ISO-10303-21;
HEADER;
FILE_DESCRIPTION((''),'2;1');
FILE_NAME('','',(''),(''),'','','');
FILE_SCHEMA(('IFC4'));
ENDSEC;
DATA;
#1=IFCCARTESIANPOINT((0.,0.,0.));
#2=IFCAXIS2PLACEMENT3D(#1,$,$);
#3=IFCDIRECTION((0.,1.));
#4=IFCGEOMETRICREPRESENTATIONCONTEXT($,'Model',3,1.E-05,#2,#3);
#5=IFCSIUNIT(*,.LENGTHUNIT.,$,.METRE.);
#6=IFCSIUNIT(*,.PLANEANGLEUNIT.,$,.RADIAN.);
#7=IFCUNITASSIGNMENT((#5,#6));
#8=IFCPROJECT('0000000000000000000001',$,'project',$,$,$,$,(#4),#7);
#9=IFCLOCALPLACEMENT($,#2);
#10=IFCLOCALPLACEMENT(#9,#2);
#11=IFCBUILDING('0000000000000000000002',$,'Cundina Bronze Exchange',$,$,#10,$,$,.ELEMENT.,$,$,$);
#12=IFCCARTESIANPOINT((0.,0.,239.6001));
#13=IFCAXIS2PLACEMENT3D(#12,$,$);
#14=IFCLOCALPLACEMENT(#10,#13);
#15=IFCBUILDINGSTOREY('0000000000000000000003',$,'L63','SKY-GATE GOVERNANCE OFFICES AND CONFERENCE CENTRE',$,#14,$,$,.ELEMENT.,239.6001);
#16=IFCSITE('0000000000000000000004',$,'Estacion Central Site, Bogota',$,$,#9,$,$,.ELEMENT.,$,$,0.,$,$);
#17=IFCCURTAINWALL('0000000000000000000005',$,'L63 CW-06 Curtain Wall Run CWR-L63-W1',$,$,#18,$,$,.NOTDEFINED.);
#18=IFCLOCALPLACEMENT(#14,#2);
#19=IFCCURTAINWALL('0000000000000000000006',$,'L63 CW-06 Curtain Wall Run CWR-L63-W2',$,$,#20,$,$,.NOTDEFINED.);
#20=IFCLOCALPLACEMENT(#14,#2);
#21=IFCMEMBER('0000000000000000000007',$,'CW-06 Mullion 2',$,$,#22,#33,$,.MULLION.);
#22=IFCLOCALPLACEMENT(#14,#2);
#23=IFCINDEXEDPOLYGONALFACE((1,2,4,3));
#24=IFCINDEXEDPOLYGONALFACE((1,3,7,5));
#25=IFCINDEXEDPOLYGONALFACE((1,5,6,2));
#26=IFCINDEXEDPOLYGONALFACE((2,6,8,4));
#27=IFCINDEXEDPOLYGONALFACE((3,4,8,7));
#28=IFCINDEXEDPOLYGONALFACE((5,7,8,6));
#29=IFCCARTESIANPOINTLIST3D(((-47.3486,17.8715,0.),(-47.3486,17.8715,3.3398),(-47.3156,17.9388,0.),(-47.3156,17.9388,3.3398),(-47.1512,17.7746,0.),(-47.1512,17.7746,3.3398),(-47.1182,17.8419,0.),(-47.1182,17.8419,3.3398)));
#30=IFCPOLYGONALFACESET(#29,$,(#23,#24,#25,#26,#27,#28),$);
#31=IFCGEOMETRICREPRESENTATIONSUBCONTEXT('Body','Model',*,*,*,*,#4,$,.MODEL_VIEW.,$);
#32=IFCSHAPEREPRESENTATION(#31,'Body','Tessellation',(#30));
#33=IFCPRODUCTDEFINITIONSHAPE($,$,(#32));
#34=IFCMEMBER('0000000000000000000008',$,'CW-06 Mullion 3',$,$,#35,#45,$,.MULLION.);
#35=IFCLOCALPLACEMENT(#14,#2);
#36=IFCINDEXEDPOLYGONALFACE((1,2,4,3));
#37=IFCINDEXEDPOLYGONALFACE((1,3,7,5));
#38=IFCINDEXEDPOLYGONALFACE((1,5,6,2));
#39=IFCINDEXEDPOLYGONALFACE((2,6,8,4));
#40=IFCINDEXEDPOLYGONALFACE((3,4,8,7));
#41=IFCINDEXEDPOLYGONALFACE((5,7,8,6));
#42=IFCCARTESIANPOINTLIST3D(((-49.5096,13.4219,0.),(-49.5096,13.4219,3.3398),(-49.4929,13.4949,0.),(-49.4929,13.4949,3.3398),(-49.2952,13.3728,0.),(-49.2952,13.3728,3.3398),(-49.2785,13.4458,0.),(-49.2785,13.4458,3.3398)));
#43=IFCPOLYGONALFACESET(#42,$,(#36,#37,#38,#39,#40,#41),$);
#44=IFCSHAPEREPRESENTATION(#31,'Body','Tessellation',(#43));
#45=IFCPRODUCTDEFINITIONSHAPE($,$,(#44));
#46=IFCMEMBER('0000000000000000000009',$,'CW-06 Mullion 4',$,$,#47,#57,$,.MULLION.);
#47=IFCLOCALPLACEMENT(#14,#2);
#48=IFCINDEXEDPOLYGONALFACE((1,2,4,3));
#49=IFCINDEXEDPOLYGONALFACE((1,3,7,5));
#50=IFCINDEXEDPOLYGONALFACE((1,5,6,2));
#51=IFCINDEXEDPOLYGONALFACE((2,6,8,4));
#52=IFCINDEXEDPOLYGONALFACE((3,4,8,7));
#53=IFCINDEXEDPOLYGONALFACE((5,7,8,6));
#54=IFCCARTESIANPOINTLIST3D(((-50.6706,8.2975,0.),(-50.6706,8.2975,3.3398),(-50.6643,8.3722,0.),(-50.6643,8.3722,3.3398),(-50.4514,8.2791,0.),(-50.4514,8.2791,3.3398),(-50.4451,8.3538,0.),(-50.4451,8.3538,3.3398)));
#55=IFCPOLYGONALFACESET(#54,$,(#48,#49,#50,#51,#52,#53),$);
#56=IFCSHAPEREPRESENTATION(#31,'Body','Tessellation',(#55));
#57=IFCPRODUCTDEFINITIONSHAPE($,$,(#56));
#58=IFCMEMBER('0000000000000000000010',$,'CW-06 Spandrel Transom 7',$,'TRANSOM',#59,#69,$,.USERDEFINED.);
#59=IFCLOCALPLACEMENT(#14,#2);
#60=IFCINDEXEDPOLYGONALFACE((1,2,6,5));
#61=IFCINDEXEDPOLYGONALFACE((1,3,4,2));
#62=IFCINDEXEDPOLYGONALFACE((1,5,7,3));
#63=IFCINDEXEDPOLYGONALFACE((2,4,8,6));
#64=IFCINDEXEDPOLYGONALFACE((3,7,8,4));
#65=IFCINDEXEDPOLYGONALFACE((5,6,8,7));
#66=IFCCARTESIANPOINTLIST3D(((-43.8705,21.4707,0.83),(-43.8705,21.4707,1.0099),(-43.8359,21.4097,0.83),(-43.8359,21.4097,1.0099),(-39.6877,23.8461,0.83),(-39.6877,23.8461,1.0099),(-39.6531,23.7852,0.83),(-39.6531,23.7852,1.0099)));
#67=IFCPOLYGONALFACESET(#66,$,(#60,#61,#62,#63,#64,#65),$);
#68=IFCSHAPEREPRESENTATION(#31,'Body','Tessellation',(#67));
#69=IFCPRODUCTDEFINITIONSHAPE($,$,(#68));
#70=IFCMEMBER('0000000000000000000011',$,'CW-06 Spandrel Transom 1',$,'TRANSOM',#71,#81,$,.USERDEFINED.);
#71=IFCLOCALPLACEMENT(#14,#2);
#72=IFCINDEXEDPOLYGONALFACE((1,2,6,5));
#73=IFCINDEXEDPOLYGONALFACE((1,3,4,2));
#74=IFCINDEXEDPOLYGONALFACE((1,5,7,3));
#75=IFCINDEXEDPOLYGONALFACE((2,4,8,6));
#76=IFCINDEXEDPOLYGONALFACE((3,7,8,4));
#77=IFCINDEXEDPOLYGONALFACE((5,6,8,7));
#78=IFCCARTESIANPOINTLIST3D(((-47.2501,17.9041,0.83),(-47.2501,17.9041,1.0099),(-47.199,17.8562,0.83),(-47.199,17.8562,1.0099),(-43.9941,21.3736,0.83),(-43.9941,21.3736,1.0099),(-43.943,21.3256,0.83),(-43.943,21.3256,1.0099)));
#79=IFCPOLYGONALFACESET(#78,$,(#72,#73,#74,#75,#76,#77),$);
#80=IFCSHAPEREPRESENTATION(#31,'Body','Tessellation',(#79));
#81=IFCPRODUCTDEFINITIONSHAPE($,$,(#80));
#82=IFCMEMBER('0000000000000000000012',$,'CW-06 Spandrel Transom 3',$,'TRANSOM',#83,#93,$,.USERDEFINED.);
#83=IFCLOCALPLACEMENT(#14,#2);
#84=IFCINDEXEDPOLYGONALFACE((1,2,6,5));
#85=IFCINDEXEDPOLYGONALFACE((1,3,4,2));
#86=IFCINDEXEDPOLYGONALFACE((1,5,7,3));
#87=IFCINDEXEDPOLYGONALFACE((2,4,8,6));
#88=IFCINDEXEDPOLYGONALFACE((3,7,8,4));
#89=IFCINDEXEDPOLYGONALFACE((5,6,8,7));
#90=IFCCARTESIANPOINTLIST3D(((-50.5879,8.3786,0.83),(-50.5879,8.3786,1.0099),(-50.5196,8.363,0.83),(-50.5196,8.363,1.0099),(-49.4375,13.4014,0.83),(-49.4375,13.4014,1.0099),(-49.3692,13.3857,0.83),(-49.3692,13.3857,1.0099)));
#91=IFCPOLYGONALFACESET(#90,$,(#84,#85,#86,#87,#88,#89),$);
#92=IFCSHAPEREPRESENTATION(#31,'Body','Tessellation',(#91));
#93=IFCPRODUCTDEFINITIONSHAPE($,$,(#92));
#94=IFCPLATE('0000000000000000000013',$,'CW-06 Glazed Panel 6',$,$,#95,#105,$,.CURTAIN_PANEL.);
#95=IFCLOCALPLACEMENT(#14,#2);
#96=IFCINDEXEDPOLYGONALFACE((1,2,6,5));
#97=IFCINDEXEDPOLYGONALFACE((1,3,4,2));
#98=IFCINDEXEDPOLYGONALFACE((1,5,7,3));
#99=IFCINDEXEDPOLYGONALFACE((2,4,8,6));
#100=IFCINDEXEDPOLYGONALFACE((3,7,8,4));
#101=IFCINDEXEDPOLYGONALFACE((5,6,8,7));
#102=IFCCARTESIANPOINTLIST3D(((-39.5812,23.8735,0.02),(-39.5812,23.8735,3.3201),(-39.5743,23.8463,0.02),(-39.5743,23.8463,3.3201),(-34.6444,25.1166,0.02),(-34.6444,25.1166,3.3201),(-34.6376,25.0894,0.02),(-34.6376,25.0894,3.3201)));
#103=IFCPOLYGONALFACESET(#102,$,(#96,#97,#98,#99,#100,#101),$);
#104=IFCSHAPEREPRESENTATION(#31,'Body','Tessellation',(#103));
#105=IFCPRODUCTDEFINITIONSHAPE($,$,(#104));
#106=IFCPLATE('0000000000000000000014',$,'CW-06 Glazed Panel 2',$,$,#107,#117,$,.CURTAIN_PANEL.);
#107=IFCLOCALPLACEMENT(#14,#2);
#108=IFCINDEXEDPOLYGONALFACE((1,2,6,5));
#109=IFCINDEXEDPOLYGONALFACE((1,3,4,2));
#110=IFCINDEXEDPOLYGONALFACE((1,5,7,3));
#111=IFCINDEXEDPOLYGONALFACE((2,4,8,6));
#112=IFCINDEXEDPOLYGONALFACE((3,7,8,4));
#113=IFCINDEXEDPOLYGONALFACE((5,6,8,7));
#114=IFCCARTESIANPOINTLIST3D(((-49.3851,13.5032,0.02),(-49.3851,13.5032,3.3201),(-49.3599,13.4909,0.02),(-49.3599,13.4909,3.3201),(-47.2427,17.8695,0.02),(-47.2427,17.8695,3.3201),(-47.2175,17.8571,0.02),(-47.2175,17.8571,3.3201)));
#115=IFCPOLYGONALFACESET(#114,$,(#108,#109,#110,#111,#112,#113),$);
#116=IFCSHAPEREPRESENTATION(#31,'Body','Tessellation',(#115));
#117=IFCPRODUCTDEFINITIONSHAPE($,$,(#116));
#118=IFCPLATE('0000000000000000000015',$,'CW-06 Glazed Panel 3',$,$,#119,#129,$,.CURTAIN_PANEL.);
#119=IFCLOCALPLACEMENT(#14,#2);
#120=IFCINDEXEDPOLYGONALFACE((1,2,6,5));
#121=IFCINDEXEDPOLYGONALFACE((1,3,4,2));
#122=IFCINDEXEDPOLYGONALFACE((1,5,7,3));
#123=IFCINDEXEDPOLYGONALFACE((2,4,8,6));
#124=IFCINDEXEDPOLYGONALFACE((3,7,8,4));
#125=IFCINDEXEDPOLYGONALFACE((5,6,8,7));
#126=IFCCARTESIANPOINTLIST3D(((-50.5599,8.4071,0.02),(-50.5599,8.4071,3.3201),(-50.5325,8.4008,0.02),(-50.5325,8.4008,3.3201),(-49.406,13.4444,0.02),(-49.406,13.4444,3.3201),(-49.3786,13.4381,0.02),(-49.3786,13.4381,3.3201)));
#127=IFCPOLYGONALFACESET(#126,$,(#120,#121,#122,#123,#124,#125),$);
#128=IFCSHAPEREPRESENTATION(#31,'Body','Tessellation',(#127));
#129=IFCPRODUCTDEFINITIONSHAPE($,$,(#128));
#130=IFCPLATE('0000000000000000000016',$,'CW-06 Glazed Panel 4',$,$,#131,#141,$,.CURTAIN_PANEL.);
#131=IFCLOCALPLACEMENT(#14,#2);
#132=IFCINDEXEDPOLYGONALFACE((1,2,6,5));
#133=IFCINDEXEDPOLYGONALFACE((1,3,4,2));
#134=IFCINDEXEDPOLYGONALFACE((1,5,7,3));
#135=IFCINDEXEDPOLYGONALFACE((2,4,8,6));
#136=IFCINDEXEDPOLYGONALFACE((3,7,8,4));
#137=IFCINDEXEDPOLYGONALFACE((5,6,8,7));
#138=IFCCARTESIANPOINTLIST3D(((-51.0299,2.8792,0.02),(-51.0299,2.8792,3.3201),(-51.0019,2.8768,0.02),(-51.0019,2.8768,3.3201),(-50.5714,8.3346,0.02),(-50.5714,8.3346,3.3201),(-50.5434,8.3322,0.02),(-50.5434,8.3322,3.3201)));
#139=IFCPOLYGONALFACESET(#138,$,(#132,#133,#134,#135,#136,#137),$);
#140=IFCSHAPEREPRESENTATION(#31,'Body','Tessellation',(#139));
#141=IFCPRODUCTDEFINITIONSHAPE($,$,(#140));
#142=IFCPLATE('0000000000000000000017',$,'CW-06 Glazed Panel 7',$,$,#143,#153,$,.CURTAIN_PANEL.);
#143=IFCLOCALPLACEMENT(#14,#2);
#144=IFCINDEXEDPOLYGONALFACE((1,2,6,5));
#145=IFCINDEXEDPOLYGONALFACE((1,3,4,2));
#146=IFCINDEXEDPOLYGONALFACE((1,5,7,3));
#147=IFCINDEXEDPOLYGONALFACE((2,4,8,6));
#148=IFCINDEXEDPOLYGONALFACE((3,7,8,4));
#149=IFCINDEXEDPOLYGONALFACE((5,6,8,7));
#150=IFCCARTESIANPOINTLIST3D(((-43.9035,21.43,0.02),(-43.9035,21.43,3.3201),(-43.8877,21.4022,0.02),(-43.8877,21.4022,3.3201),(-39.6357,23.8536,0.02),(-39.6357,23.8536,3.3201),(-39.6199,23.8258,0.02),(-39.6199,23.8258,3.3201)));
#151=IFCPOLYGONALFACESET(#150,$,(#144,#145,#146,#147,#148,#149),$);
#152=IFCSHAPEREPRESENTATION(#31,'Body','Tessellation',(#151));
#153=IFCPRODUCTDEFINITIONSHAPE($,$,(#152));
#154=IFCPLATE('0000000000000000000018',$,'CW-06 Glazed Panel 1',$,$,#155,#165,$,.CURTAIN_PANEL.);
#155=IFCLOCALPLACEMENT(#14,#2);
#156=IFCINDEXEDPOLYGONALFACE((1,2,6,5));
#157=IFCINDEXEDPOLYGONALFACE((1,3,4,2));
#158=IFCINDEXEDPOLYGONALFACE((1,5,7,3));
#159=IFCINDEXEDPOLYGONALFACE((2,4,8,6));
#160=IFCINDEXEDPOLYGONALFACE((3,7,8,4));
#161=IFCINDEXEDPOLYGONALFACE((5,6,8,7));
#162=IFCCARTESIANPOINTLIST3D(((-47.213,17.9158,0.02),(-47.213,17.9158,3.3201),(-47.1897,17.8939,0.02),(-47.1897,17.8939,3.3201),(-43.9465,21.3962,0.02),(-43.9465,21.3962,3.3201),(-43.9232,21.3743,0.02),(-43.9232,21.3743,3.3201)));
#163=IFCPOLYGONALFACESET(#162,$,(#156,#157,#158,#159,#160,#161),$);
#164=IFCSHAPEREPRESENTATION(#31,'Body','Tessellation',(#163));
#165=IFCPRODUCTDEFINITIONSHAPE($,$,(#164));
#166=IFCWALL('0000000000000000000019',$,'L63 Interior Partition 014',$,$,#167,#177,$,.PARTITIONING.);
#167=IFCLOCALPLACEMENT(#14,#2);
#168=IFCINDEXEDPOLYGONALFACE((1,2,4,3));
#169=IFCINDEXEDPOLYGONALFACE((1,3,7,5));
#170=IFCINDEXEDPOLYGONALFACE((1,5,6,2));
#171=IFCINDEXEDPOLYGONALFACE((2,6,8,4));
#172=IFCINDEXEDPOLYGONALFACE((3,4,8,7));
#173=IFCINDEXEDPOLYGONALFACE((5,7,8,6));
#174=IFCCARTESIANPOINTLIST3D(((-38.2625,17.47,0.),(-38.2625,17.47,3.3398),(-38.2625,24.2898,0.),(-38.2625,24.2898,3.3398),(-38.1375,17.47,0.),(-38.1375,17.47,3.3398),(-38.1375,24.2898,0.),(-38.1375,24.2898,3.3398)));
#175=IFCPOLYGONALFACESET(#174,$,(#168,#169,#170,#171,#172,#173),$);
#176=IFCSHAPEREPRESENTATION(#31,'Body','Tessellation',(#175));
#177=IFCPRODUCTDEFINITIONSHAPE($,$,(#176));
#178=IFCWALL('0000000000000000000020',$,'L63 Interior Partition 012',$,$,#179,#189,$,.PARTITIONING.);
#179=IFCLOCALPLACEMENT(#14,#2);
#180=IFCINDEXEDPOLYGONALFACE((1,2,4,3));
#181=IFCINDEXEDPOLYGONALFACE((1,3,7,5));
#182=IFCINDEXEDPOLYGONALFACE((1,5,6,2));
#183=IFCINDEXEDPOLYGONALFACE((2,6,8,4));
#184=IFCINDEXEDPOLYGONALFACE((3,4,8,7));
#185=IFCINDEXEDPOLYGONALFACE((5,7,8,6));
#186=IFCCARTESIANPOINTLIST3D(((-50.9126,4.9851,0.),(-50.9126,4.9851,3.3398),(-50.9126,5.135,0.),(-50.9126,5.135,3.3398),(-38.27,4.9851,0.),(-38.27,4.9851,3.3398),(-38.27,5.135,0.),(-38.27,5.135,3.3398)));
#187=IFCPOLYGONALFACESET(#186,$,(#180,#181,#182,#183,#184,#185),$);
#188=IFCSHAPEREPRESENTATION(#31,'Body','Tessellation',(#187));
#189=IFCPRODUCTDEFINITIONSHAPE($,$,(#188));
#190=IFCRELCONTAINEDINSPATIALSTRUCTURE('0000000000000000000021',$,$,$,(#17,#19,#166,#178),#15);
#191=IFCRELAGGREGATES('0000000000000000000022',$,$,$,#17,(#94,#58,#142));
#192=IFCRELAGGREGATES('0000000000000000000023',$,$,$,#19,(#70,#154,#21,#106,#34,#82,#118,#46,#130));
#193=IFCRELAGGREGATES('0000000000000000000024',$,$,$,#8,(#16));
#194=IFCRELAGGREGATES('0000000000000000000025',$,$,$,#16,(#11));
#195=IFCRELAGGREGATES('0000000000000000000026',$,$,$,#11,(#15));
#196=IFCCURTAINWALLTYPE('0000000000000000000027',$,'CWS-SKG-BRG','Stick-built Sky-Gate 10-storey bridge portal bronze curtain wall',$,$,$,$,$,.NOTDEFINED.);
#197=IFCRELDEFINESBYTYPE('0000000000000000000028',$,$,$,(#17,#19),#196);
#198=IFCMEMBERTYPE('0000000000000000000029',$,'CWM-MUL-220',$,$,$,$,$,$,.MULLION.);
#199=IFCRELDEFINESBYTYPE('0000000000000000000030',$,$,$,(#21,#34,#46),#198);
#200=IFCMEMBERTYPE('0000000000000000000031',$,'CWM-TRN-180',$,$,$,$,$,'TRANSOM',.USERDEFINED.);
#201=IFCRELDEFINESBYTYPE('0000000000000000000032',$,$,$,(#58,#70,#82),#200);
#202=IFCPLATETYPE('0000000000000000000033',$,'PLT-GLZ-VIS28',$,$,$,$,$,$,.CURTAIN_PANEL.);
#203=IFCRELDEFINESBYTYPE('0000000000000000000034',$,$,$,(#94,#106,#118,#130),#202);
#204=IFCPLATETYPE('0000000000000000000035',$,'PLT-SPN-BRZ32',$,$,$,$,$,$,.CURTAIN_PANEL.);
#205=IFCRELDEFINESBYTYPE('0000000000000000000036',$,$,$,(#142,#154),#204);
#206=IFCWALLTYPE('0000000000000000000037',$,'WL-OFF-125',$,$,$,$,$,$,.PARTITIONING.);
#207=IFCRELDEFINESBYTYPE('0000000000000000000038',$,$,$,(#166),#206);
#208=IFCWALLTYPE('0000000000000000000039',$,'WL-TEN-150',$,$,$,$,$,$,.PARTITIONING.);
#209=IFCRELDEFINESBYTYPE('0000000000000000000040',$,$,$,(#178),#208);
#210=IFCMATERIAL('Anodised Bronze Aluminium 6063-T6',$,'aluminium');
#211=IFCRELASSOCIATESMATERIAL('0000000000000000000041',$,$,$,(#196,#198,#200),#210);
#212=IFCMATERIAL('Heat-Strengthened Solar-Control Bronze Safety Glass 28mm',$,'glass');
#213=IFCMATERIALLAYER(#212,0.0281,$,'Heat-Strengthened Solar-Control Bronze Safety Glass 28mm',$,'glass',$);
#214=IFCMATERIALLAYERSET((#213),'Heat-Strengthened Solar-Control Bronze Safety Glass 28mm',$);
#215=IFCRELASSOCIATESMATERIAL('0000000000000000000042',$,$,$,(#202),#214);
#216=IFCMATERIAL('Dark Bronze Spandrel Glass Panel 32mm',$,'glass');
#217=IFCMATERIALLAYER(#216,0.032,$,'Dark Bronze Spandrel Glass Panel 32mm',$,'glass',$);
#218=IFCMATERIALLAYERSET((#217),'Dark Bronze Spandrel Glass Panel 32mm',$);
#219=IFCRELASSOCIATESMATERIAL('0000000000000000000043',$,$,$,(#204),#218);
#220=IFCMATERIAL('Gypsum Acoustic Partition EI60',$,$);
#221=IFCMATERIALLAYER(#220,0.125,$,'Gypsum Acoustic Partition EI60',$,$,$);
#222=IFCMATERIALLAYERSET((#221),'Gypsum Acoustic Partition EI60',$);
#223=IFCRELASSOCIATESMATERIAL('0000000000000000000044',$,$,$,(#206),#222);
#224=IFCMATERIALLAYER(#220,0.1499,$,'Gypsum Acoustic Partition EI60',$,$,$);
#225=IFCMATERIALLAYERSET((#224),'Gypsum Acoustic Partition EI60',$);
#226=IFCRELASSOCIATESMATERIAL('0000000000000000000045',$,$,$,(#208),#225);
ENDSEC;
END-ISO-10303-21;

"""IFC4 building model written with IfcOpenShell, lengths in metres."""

from ifc_helpers import new_model, si_unit, direction, frame, frame_2d, origin, origin_2d, place, context, subcontext, project, spatial, rectangle, extrude, material, layer, layer_set, material_profile, profile_set, type_object, element, aggregate, save


model = new_model("IFC4")

# Units and contexts
model_context = context("Model", 3, precision=1e-05, world=origin(), true_north=direction((0.0, 1.0)))
body_context = subcontext(model_context, "Body", "Model", "MODEL_VIEW")
ifc_project = project(units=[si_unit("LENGTHUNIT", "METRE"), si_unit("PLANEANGLEUNIT", "RADIAN")], contexts=[model_context])

# Site, building, storey
site_placement = place(None, origin())
site = spatial("IfcSite", under=ifc_project, at=site_placement, Name="Estacion Central Site, Bogota", CompositionType="ELEMENT", RefElevation=0.0)
building_placement = place(site_placement, origin())
building = spatial("IfcBuilding", under=site, at=building_placement, Name="Cundina Bronze Exchange", CompositionType="ELEMENT")
storey_placement = place(building_placement, frame((0.0, 0.0, 239.6001)))
storey = spatial("IfcBuildingStorey", under=building, at=storey_placement, Name="L63", Description="SKY-GATE GOVERNANCE OFFICES AND CONFERENCE CENTRE", CompositionType="ELEMENT", Elevation=239.6001)

# Curtain walls, members
ifc_material_1 = material(Name="Anodised Bronze Aluminium 6063-T6", Category="aluminium")
curtain_wall_type = type_object("IfcCurtainWallType", Name="CWS-SKG-BRG", Description="Stick-built Sky-Gate 10-storey bridge portal bronze curtain wall", PredefinedType="NOTDEFINED", material=ifc_material_1)
curtain_wall_1_placement = place(storey_placement, origin())
curtain_wall_1 = element("IfcCurtainWall", 1, at=curtain_wall_1_placement, inside=storey, type_object=curtain_wall_type, Name="L63 CW-06 Curtain Wall Run CWR-L63-W1", PredefinedType="NOTDEFINED")
ifc_material_profile_1 = material_profile(ifc_material_1, rectangle(XDim=0.075, YDim=0.22, at=origin_2d()), Name="AL75X220", Category="aluminium")
ifc_profile_set_1 = profile_set([ifc_material_profile_1], Name="Anodised Bronze Aluminium 6063-T6")
member_type_1 = type_object("IfcMemberType", Name="CWM-MUL-220", PredefinedType="MULLION", material=ifc_profile_set_1)
curtain_wall_2_placement = place(storey_placement, origin())
curtain_wall_2 = element("IfcCurtainWall", 2, at=curtain_wall_2_placement, inside=storey, type_object=curtain_wall_type, Name="L63 CW-06 Curtain Wall Run CWR-L63-W2", PredefinedType="NOTDEFINED")
member_1_placement = place(storey_placement, frame((-47.2334, 17.8567, 0.0), z_axis=(0.0, 0.0, 1.0), x_axis=(-0.440566, -0.89772, 0.0)))
member_1 = element("IfcMember", 3, at=member_1_placement, type_object=member_type_1, Name="CW-06 Mullion 2", PredefinedType="MULLION", context=body_context, shape_type="SweptSolid", body=[
    extrude(rectangle(XDim=0.075, YDim=0.22, at=origin_2d()), origin(), (0.0, 0.0, 1.0), 3.3398),
])
member_2_placement = place(storey_placement, frame((-49.394, 13.4338, 0.0), z_axis=(0.0, 0.0, 1.0), x_axis=(-0.22325, -0.974761, 0.0)))
member_2 = element("IfcMember", 4, at=member_2_placement, type_object=member_type_1, Name="CW-06 Mullion 3", PredefinedType="MULLION", context=body_context, shape_type="SweptSolid", body=[
    extrude(rectangle(XDim=0.075, YDim=0.22, at=origin_2d()), origin(), (0.0, 0.0, 1.0), 3.3398),
])
member_3_placement = place(storey_placement, frame((-50.5579, 8.3257, 0.0), z_axis=(0.0, 0.0, 1.0), x_axis=(-0.083678, -0.996493, 0.0)))
member_3 = element("IfcMember", 5, at=member_3_placement, type_object=member_type_1, Name="CW-06 Mullion 4", PredefinedType="MULLION", context=body_context, shape_type="SweptSolid", body=[
    extrude(rectangle(XDim=0.075, YDim=0.22, at=origin_2d()), origin(), (0.0, 0.0, 1.0), 3.3398),
])

# Members
ifc_material_profile_2 = material_profile(ifc_material_1, rectangle(XDim=0.0701, YDim=0.1799, at=origin_2d()), Name="AL70X180", Category="aluminium")
ifc_profile_set_2 = profile_set([ifc_material_profile_2], Name="Anodised Bronze Aluminium 6063-T6")
member_type_2 = type_object("IfcMemberType", Name="CWM-TRN-180", ElementType="TRANSOM", PredefinedType="USERDEFINED", material=ifc_profile_set_2)
member_4_placement = place(storey_placement, frame((-39.6704, 23.8157, 0.9199), z_axis=(-0.869558, -0.493831, 0.0), x_axis=(0.493831, -0.869558, 0.0)))
member_4 = element("IfcMember", 6, at=member_4_placement, type_object=member_type_2, Name="CW-06 Spandrel Transom 7", ObjectType="TRANSOM", PredefinedType="USERDEFINED", context=body_context, shape_type="SweptSolid", body=[
    extrude(rectangle(XDim=0.0701, YDim=0.1799, at=origin_2d()), origin(), (0.0, 0.0, 1.0), 4.8103),
])
member_5_placement = place(storey_placement, frame((-43.9685, 21.3496, 0.9199), z_axis=(-0.684328, -0.729174, 0.0), x_axis=(0.729174, -0.684328, 0.0)))
member_5 = element("IfcMember", 7, at=member_5_placement, type_object=member_type_2, Name="CW-06 Spandrel Transom 1", ObjectType="TRANSOM", PredefinedType="USERDEFINED", context=body_context, shape_type="SweptSolid", body=[
    extrude(rectangle(XDim=0.0701, YDim=0.1799, at=origin_2d()), origin(), (0.0, 0.0, 1.0), 4.7581),
])
member_6_placement = place(storey_placement, frame((-49.4033, 13.3936, 0.9199), z_axis=(-0.223257, -0.97476, 0.0), x_axis=(0.97476, -0.223257, 0.0)))
member_6 = element("IfcMember", 8, at=member_6_placement, type_object=member_type_2, Name="CW-06 Spandrel Transom 3", ObjectType="TRANSOM", PredefinedType="USERDEFINED", context=body_context, shape_type="SweptSolid", body=[
    extrude(rectangle(XDim=0.0701, YDim=0.1799, at=origin_2d()), origin(), (0.0, 0.0, 1.0), 5.1528),
])

# Plates
ifc_material_2 = material(Name="Heat-Strengthened Solar-Control Bronze Safety Glass 28mm", Category="glass")
ifc_layer_1 = layer(ifc_material_2, 0.0281, Name="Heat-Strengthened Solar-Control Bronze Safety Glass 28mm", Category="glass")
ifc_layer_set_1 = layer_set([ifc_layer_1], Name="Heat-Strengthened Solar-Control Bronze Safety Glass 28mm")
plate_type_1 = type_object("IfcPlateType", Name="PLT-GLZ-VIS28", PredefinedType="CURTAIN_PANEL", material=ifc_layer_set_1)
plate_1_placement = place(storey_placement, frame((-37.1094, 24.4814, 0.02), z_axis=(0.0, 0.0, 1.0), x_axis=(-0.969732, -0.244174, 0.0)))
plate_1 = element("IfcPlate", 9, at=plate_1_placement, type_object=plate_type_1, Name="CW-06 Glazed Panel 6", PredefinedType="CURTAIN_PANEL", context=body_context, shape_type="SweptSolid", body=[
    extrude(rectangle(XDim=5.0908, YDim=0.0281, at=origin_2d()), origin(), (0.0, 0.0, 1.0), 3.3),
])
plate_2_placement = place(storey_placement, frame((-48.3013, 15.6802, 0.02), z_axis=(0.0, 0.0, 1.0), x_axis=(-0.440503, -0.897751, 0.0)))
plate_2 = element("IfcPlate", 10, at=plate_2_placement, type_object=plate_type_1, Name="CW-06 Glazed Panel 2", PredefinedType="CURTAIN_PANEL", context=body_context, shape_type="SweptSolid", body=[
    extrude(rectangle(XDim=4.8635, YDim=0.0281, at=origin_2d()), origin(), (0.0, 0.0, 1.0), 3.3),
])
plate_3_placement = place(storey_placement, frame((-49.9692, 10.9226, 0.02), z_axis=(0.0, 0.0, 1.0), x_axis=(-0.223284, -0.974753, 0.0)))
plate_3 = element("IfcPlate", 11, at=plate_3_placement, type_object=plate_type_1, Name="CW-06 Glazed Panel 3", PredefinedType="CURTAIN_PANEL", context=body_context, shape_type="SweptSolid", body=[
    extrude(rectangle(XDim=5.1677, YDim=0.0281, at=origin_2d()), origin(), (0.0, 0.0, 1.0), 3.3),
])
plate_4_placement = place(storey_placement, frame((-50.7866, 5.6057, 0.02), z_axis=(0.0, 0.0, 1.0), x_axis=(-0.083747, -0.996487, 0.0)))
plate_4 = element("IfcPlate", 12, at=plate_4_placement, type_object=plate_type_1, Name="CW-06 Glazed Panel 4", PredefinedType="CURTAIN_PANEL", context=body_context, shape_type="SweptSolid", body=[
    extrude(rectangle(XDim=5.4746, YDim=0.0281, at=origin_2d()), origin(), (0.0, 0.0, 1.0), 3.3),
])
ifc_material_3 = material(Name="Dark Bronze Spandrel Glass Panel 32mm", Category="glass")
ifc_layer_2 = layer(ifc_material_3, 0.032, Name="Dark Bronze Spandrel Glass Panel 32mm", Category="glass")
ifc_layer_set_2 = layer_set([ifc_layer_2], Name="Dark Bronze Spandrel Glass Panel 32mm")
plate_type_2 = type_object("IfcPlateType", Name="PLT-SPN-BRZ32", PredefinedType="CURTAIN_PANEL", material=ifc_layer_set_2)
plate_5_placement = place(storey_placement, frame((-41.7617, 22.6279, 0.02), z_axis=(0.0, 0.0, 1.0), x_axis=(-0.869573, -0.493805, 0.0)))
plate_5 = element("IfcPlate", 13, at=plate_5_placement, type_object=plate_type_2, Name="CW-06 Glazed Panel 7", PredefinedType="CURTAIN_PANEL", context=body_context, shape_type="SweptSolid", body=[
    extrude(rectangle(XDim=4.908, YDim=0.032, at=origin_2d()), origin(), (0.0, 0.0, 1.0), 3.3),
])
aggregate(curtain_wall_1, [plate_1, member_4, plate_5])
plate_6_placement = place(storey_placement, frame((-45.5681, 19.645, 0.02), z_axis=(0.0, 0.0, 1.0), x_axis=(-0.684344, -0.72916, 0.0)))
plate_6 = element("IfcPlate", 14, at=plate_6_placement, type_object=plate_type_2, Name="CW-06 Glazed Panel 1", PredefinedType="CURTAIN_PANEL", context=body_context, shape_type="SweptSolid", body=[
    extrude(rectangle(XDim=4.7732, YDim=0.032, at=origin_2d()), origin(), (0.0, 0.0, 1.0), 3.3),
])
aggregate(curtain_wall_2, [member_5, plate_6, member_1, plate_2, member_2, member_6, plate_3, member_3, plate_4])

# Walls
ifc_material_4 = material(Name="Gypsum Acoustic Partition EI60")
ifc_layer_3 = layer(ifc_material_4, 0.125, Name="Gypsum Acoustic Partition EI60")
ifc_layer_set_3 = layer_set([ifc_layer_3], Name="Gypsum Acoustic Partition EI60")
wall_type_1 = type_object("IfcWallType", Name="WL-OFF-125", PredefinedType="PARTITIONING", material=ifc_layer_set_3)
wall_1_placement = place(storey_placement, frame((-38.2, 17.47, 0.0), z_axis=(0.0, 0.0, 1.0), x_axis=(0.0, 1.0, 0.0)))
element("IfcWall", 15, at=wall_1_placement, inside=storey, type_object=wall_type_1, Name="L63 Interior Partition 014", PredefinedType="PARTITIONING", context=body_context, shape_type="SweptSolid", body=[
    extrude(rectangle(XDim=6.8198, YDim=0.125, at=frame_2d((3.4099, 0.0))), origin(), (0.0, 0.0, 1.0), 3.3398),
])
ifc_layer_4 = layer(ifc_material_4, 0.1499, Name="Gypsum Acoustic Partition EI60")
ifc_layer_set_4 = layer_set([ifc_layer_4], Name="Gypsum Acoustic Partition EI60")
wall_type_2 = type_object("IfcWallType", Name="WL-TEN-150", PredefinedType="PARTITIONING", material=ifc_layer_set_4)
wall_2_placement = place(storey_placement, frame((-50.9126, 5.0601, 0.0), z_axis=(0.0, 0.0, 1.0), x_axis=(1.0, 0.0, 0.0)))
element("IfcWall", 16, at=wall_2_placement, inside=storey, type_object=wall_type_2, Name="L63 Interior Partition 012", PredefinedType="PARTITIONING", context=body_context, shape_type="SweptSolid", body=[
    extrude(rectangle(XDim=12.6426, YDim=0.1499, at=frame_2d((6.3213, 0.0))), origin(), (0.0, 0.0, 1.0), 3.3398),
])

save(model, "model.ifc")
